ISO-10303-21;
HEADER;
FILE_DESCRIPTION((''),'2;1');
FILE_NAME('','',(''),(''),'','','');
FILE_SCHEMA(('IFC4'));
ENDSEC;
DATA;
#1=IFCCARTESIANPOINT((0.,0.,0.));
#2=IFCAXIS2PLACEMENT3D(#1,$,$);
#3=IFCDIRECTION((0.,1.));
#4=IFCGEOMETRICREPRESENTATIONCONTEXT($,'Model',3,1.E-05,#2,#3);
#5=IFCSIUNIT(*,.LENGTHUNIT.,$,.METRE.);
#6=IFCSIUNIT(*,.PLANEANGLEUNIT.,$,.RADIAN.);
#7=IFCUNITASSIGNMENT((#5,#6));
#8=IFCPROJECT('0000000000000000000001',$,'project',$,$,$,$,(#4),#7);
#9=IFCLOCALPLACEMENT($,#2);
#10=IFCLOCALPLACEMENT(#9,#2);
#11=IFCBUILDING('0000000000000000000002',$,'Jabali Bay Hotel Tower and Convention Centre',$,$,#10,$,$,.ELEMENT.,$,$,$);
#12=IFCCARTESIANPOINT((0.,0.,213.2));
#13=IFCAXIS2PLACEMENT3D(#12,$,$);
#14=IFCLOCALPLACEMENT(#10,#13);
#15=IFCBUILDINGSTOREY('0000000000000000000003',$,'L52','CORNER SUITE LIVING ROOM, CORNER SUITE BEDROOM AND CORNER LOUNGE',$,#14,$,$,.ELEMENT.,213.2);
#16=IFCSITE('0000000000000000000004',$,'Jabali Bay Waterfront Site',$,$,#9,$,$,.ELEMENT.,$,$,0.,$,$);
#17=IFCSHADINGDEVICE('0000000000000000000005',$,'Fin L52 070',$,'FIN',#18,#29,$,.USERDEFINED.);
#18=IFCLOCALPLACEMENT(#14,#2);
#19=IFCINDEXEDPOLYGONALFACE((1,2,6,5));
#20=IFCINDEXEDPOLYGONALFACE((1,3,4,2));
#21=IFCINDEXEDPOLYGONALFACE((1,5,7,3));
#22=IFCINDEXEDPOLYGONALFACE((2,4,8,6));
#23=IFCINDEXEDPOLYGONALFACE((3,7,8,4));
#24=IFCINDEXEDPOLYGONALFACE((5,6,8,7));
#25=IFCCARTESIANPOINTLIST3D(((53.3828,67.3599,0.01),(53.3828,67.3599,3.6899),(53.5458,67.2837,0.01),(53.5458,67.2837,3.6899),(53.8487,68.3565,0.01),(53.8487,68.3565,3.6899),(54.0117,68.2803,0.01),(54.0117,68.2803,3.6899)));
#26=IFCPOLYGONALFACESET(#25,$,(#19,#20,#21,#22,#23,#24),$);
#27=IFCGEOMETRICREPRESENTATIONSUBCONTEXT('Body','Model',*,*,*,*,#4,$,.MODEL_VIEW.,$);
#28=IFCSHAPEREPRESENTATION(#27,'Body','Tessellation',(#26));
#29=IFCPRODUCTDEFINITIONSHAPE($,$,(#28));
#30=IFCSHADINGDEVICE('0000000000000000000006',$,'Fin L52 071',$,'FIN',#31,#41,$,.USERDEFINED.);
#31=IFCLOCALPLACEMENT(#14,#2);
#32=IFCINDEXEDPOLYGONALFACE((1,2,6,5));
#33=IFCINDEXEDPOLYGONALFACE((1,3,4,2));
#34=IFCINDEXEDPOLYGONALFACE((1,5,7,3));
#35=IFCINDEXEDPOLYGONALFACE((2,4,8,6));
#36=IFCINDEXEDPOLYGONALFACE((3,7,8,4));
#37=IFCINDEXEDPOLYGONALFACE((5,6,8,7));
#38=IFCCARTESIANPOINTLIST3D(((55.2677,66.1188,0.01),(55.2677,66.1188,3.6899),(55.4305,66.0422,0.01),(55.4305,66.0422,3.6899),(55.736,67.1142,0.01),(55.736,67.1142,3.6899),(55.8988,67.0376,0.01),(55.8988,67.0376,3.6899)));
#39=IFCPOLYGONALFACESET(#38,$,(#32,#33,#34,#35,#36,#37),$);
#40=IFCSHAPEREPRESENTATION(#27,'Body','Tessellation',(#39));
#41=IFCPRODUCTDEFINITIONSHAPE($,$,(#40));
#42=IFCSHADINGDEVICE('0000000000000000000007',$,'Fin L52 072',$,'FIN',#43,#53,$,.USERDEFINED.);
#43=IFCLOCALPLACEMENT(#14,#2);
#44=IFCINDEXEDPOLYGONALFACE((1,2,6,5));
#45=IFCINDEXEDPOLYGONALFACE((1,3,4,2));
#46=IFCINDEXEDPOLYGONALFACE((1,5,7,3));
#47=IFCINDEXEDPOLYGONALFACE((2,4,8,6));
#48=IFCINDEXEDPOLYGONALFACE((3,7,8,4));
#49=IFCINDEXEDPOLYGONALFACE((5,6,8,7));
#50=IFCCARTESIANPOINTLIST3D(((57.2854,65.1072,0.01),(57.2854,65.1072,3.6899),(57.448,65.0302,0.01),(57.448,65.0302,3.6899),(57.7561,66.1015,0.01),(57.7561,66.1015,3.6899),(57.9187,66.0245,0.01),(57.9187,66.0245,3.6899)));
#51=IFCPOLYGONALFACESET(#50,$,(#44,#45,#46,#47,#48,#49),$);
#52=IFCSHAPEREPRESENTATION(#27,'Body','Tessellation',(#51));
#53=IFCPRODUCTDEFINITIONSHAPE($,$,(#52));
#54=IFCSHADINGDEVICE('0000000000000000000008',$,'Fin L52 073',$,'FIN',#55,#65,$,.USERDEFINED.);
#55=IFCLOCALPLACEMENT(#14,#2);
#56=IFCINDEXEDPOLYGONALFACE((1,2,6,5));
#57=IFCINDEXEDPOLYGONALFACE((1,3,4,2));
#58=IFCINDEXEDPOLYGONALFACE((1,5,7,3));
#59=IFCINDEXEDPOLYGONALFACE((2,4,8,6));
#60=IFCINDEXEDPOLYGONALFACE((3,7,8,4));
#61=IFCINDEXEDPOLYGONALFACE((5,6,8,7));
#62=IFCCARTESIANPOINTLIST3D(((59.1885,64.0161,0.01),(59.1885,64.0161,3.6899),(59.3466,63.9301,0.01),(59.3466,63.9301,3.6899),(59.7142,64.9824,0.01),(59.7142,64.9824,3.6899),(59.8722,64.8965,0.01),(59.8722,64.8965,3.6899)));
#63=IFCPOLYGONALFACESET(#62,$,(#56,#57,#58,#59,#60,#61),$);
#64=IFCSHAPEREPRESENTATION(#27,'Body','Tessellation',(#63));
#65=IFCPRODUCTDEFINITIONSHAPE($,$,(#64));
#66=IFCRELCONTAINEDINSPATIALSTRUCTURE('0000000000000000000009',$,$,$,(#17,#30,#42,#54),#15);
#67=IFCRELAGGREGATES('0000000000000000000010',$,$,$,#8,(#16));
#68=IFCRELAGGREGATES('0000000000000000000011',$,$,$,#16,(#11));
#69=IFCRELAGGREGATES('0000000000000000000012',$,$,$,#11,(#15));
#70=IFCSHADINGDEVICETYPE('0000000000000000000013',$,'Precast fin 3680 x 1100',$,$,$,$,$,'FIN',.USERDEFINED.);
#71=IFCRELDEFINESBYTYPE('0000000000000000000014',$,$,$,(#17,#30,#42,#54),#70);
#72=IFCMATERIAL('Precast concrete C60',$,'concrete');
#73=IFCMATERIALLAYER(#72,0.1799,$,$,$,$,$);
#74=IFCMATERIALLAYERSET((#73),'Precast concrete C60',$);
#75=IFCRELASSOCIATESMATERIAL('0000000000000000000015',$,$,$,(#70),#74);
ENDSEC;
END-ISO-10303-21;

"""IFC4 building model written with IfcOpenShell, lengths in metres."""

from ifc_helpers import new_model, si_unit, direction, frame, frame_2d, origin, place, context, subcontext, project, spatial, rectangle, extrude, material, layer, layer_set, type_object, element, save


model = new_model("IFC4")

# Units and contexts
model_context = context("Model", 3, precision=1e-05, world=origin(), true_north=direction((0.0, 1.0)))
body_context = subcontext(model_context, "Body", "Model", "MODEL_VIEW")
ifc_project = project(units=[si_unit("LENGTHUNIT", "METRE"), si_unit("PLANEANGLEUNIT", "RADIAN")], contexts=[model_context])

# Site, building, storey
site_placement = place(None, origin())
site = spatial("IfcSite", under=ifc_project, at=site_placement, Name="Jabali Bay Waterfront Site", CompositionType="ELEMENT", RefElevation=0.0)
building_placement = place(site_placement, origin())
building = spatial("IfcBuilding", under=site, at=building_placement, Name="Jabali Bay Hotel Tower and Convention Centre", CompositionType="ELEMENT")
storey_placement = place(building_placement, frame((0.0, 0.0, 213.2)))
storey = spatial("IfcBuildingStorey", under=building, at=storey_placement, Name="L52", Description="CORNER SUITE LIVING ROOM, CORNER SUITE BEDROOM AND CORNER LOUNGE", CompositionType="ELEMENT", Elevation=213.2)

# Shading devices
ifc_material_1 = material(Name="Precast concrete C60", Category="concrete")
ifc_layer_1 = layer(ifc_material_1, 0.1799)
ifc_layer_set_1 = layer_set([ifc_layer_1], Name="Precast concrete C60")
shading_device_type = type_object("IfcShadingDeviceType", Name="Precast fin 3680 x 1100", ElementType="FIN", PredefinedType="USERDEFINED", material=ifc_layer_set_1)
for number, where, z_axis, x_axis, name in (
    (1, (53.9302, 68.3184, 0.01), (0.0, 0.0, 1.0), (-0.423444, -0.905922, 0.0), "Fin L52 070"),
    (2, (55.8174, 67.0759, 0.01), (0.0, 0.0, 1.0), (-0.42569, -0.904869, 0.0), "Fin L52 071"),
    (3, (57.8374, 66.063, 0.01), (0.0, 0.0, 1.0), (-0.427848, -0.903851, 0.0), "Fin L52 072"),
    (4, (59.7932, 64.9395, 0.01), (0.0, 0.0, 1.0), (-0.477841, -0.878446, 0.0), "Fin L52 073"),
):
    element("IfcShadingDevice", number, at=place(storey_placement, frame(where, z_axis=z_axis, x_axis=x_axis)), inside=storey, type_object=shading_device_type, Name=name, ObjectType="FIN", PredefinedType="USERDEFINED", context=body_context, shape_type="SweptSolid", body=[
        extrude(rectangle(XDim=1.1001, YDim=0.1799, at=frame_2d((0.55, 0.0))), origin(), (0.0, 0.0, 1.0), 3.6799),
    ])

save(model, "model.ifc")
